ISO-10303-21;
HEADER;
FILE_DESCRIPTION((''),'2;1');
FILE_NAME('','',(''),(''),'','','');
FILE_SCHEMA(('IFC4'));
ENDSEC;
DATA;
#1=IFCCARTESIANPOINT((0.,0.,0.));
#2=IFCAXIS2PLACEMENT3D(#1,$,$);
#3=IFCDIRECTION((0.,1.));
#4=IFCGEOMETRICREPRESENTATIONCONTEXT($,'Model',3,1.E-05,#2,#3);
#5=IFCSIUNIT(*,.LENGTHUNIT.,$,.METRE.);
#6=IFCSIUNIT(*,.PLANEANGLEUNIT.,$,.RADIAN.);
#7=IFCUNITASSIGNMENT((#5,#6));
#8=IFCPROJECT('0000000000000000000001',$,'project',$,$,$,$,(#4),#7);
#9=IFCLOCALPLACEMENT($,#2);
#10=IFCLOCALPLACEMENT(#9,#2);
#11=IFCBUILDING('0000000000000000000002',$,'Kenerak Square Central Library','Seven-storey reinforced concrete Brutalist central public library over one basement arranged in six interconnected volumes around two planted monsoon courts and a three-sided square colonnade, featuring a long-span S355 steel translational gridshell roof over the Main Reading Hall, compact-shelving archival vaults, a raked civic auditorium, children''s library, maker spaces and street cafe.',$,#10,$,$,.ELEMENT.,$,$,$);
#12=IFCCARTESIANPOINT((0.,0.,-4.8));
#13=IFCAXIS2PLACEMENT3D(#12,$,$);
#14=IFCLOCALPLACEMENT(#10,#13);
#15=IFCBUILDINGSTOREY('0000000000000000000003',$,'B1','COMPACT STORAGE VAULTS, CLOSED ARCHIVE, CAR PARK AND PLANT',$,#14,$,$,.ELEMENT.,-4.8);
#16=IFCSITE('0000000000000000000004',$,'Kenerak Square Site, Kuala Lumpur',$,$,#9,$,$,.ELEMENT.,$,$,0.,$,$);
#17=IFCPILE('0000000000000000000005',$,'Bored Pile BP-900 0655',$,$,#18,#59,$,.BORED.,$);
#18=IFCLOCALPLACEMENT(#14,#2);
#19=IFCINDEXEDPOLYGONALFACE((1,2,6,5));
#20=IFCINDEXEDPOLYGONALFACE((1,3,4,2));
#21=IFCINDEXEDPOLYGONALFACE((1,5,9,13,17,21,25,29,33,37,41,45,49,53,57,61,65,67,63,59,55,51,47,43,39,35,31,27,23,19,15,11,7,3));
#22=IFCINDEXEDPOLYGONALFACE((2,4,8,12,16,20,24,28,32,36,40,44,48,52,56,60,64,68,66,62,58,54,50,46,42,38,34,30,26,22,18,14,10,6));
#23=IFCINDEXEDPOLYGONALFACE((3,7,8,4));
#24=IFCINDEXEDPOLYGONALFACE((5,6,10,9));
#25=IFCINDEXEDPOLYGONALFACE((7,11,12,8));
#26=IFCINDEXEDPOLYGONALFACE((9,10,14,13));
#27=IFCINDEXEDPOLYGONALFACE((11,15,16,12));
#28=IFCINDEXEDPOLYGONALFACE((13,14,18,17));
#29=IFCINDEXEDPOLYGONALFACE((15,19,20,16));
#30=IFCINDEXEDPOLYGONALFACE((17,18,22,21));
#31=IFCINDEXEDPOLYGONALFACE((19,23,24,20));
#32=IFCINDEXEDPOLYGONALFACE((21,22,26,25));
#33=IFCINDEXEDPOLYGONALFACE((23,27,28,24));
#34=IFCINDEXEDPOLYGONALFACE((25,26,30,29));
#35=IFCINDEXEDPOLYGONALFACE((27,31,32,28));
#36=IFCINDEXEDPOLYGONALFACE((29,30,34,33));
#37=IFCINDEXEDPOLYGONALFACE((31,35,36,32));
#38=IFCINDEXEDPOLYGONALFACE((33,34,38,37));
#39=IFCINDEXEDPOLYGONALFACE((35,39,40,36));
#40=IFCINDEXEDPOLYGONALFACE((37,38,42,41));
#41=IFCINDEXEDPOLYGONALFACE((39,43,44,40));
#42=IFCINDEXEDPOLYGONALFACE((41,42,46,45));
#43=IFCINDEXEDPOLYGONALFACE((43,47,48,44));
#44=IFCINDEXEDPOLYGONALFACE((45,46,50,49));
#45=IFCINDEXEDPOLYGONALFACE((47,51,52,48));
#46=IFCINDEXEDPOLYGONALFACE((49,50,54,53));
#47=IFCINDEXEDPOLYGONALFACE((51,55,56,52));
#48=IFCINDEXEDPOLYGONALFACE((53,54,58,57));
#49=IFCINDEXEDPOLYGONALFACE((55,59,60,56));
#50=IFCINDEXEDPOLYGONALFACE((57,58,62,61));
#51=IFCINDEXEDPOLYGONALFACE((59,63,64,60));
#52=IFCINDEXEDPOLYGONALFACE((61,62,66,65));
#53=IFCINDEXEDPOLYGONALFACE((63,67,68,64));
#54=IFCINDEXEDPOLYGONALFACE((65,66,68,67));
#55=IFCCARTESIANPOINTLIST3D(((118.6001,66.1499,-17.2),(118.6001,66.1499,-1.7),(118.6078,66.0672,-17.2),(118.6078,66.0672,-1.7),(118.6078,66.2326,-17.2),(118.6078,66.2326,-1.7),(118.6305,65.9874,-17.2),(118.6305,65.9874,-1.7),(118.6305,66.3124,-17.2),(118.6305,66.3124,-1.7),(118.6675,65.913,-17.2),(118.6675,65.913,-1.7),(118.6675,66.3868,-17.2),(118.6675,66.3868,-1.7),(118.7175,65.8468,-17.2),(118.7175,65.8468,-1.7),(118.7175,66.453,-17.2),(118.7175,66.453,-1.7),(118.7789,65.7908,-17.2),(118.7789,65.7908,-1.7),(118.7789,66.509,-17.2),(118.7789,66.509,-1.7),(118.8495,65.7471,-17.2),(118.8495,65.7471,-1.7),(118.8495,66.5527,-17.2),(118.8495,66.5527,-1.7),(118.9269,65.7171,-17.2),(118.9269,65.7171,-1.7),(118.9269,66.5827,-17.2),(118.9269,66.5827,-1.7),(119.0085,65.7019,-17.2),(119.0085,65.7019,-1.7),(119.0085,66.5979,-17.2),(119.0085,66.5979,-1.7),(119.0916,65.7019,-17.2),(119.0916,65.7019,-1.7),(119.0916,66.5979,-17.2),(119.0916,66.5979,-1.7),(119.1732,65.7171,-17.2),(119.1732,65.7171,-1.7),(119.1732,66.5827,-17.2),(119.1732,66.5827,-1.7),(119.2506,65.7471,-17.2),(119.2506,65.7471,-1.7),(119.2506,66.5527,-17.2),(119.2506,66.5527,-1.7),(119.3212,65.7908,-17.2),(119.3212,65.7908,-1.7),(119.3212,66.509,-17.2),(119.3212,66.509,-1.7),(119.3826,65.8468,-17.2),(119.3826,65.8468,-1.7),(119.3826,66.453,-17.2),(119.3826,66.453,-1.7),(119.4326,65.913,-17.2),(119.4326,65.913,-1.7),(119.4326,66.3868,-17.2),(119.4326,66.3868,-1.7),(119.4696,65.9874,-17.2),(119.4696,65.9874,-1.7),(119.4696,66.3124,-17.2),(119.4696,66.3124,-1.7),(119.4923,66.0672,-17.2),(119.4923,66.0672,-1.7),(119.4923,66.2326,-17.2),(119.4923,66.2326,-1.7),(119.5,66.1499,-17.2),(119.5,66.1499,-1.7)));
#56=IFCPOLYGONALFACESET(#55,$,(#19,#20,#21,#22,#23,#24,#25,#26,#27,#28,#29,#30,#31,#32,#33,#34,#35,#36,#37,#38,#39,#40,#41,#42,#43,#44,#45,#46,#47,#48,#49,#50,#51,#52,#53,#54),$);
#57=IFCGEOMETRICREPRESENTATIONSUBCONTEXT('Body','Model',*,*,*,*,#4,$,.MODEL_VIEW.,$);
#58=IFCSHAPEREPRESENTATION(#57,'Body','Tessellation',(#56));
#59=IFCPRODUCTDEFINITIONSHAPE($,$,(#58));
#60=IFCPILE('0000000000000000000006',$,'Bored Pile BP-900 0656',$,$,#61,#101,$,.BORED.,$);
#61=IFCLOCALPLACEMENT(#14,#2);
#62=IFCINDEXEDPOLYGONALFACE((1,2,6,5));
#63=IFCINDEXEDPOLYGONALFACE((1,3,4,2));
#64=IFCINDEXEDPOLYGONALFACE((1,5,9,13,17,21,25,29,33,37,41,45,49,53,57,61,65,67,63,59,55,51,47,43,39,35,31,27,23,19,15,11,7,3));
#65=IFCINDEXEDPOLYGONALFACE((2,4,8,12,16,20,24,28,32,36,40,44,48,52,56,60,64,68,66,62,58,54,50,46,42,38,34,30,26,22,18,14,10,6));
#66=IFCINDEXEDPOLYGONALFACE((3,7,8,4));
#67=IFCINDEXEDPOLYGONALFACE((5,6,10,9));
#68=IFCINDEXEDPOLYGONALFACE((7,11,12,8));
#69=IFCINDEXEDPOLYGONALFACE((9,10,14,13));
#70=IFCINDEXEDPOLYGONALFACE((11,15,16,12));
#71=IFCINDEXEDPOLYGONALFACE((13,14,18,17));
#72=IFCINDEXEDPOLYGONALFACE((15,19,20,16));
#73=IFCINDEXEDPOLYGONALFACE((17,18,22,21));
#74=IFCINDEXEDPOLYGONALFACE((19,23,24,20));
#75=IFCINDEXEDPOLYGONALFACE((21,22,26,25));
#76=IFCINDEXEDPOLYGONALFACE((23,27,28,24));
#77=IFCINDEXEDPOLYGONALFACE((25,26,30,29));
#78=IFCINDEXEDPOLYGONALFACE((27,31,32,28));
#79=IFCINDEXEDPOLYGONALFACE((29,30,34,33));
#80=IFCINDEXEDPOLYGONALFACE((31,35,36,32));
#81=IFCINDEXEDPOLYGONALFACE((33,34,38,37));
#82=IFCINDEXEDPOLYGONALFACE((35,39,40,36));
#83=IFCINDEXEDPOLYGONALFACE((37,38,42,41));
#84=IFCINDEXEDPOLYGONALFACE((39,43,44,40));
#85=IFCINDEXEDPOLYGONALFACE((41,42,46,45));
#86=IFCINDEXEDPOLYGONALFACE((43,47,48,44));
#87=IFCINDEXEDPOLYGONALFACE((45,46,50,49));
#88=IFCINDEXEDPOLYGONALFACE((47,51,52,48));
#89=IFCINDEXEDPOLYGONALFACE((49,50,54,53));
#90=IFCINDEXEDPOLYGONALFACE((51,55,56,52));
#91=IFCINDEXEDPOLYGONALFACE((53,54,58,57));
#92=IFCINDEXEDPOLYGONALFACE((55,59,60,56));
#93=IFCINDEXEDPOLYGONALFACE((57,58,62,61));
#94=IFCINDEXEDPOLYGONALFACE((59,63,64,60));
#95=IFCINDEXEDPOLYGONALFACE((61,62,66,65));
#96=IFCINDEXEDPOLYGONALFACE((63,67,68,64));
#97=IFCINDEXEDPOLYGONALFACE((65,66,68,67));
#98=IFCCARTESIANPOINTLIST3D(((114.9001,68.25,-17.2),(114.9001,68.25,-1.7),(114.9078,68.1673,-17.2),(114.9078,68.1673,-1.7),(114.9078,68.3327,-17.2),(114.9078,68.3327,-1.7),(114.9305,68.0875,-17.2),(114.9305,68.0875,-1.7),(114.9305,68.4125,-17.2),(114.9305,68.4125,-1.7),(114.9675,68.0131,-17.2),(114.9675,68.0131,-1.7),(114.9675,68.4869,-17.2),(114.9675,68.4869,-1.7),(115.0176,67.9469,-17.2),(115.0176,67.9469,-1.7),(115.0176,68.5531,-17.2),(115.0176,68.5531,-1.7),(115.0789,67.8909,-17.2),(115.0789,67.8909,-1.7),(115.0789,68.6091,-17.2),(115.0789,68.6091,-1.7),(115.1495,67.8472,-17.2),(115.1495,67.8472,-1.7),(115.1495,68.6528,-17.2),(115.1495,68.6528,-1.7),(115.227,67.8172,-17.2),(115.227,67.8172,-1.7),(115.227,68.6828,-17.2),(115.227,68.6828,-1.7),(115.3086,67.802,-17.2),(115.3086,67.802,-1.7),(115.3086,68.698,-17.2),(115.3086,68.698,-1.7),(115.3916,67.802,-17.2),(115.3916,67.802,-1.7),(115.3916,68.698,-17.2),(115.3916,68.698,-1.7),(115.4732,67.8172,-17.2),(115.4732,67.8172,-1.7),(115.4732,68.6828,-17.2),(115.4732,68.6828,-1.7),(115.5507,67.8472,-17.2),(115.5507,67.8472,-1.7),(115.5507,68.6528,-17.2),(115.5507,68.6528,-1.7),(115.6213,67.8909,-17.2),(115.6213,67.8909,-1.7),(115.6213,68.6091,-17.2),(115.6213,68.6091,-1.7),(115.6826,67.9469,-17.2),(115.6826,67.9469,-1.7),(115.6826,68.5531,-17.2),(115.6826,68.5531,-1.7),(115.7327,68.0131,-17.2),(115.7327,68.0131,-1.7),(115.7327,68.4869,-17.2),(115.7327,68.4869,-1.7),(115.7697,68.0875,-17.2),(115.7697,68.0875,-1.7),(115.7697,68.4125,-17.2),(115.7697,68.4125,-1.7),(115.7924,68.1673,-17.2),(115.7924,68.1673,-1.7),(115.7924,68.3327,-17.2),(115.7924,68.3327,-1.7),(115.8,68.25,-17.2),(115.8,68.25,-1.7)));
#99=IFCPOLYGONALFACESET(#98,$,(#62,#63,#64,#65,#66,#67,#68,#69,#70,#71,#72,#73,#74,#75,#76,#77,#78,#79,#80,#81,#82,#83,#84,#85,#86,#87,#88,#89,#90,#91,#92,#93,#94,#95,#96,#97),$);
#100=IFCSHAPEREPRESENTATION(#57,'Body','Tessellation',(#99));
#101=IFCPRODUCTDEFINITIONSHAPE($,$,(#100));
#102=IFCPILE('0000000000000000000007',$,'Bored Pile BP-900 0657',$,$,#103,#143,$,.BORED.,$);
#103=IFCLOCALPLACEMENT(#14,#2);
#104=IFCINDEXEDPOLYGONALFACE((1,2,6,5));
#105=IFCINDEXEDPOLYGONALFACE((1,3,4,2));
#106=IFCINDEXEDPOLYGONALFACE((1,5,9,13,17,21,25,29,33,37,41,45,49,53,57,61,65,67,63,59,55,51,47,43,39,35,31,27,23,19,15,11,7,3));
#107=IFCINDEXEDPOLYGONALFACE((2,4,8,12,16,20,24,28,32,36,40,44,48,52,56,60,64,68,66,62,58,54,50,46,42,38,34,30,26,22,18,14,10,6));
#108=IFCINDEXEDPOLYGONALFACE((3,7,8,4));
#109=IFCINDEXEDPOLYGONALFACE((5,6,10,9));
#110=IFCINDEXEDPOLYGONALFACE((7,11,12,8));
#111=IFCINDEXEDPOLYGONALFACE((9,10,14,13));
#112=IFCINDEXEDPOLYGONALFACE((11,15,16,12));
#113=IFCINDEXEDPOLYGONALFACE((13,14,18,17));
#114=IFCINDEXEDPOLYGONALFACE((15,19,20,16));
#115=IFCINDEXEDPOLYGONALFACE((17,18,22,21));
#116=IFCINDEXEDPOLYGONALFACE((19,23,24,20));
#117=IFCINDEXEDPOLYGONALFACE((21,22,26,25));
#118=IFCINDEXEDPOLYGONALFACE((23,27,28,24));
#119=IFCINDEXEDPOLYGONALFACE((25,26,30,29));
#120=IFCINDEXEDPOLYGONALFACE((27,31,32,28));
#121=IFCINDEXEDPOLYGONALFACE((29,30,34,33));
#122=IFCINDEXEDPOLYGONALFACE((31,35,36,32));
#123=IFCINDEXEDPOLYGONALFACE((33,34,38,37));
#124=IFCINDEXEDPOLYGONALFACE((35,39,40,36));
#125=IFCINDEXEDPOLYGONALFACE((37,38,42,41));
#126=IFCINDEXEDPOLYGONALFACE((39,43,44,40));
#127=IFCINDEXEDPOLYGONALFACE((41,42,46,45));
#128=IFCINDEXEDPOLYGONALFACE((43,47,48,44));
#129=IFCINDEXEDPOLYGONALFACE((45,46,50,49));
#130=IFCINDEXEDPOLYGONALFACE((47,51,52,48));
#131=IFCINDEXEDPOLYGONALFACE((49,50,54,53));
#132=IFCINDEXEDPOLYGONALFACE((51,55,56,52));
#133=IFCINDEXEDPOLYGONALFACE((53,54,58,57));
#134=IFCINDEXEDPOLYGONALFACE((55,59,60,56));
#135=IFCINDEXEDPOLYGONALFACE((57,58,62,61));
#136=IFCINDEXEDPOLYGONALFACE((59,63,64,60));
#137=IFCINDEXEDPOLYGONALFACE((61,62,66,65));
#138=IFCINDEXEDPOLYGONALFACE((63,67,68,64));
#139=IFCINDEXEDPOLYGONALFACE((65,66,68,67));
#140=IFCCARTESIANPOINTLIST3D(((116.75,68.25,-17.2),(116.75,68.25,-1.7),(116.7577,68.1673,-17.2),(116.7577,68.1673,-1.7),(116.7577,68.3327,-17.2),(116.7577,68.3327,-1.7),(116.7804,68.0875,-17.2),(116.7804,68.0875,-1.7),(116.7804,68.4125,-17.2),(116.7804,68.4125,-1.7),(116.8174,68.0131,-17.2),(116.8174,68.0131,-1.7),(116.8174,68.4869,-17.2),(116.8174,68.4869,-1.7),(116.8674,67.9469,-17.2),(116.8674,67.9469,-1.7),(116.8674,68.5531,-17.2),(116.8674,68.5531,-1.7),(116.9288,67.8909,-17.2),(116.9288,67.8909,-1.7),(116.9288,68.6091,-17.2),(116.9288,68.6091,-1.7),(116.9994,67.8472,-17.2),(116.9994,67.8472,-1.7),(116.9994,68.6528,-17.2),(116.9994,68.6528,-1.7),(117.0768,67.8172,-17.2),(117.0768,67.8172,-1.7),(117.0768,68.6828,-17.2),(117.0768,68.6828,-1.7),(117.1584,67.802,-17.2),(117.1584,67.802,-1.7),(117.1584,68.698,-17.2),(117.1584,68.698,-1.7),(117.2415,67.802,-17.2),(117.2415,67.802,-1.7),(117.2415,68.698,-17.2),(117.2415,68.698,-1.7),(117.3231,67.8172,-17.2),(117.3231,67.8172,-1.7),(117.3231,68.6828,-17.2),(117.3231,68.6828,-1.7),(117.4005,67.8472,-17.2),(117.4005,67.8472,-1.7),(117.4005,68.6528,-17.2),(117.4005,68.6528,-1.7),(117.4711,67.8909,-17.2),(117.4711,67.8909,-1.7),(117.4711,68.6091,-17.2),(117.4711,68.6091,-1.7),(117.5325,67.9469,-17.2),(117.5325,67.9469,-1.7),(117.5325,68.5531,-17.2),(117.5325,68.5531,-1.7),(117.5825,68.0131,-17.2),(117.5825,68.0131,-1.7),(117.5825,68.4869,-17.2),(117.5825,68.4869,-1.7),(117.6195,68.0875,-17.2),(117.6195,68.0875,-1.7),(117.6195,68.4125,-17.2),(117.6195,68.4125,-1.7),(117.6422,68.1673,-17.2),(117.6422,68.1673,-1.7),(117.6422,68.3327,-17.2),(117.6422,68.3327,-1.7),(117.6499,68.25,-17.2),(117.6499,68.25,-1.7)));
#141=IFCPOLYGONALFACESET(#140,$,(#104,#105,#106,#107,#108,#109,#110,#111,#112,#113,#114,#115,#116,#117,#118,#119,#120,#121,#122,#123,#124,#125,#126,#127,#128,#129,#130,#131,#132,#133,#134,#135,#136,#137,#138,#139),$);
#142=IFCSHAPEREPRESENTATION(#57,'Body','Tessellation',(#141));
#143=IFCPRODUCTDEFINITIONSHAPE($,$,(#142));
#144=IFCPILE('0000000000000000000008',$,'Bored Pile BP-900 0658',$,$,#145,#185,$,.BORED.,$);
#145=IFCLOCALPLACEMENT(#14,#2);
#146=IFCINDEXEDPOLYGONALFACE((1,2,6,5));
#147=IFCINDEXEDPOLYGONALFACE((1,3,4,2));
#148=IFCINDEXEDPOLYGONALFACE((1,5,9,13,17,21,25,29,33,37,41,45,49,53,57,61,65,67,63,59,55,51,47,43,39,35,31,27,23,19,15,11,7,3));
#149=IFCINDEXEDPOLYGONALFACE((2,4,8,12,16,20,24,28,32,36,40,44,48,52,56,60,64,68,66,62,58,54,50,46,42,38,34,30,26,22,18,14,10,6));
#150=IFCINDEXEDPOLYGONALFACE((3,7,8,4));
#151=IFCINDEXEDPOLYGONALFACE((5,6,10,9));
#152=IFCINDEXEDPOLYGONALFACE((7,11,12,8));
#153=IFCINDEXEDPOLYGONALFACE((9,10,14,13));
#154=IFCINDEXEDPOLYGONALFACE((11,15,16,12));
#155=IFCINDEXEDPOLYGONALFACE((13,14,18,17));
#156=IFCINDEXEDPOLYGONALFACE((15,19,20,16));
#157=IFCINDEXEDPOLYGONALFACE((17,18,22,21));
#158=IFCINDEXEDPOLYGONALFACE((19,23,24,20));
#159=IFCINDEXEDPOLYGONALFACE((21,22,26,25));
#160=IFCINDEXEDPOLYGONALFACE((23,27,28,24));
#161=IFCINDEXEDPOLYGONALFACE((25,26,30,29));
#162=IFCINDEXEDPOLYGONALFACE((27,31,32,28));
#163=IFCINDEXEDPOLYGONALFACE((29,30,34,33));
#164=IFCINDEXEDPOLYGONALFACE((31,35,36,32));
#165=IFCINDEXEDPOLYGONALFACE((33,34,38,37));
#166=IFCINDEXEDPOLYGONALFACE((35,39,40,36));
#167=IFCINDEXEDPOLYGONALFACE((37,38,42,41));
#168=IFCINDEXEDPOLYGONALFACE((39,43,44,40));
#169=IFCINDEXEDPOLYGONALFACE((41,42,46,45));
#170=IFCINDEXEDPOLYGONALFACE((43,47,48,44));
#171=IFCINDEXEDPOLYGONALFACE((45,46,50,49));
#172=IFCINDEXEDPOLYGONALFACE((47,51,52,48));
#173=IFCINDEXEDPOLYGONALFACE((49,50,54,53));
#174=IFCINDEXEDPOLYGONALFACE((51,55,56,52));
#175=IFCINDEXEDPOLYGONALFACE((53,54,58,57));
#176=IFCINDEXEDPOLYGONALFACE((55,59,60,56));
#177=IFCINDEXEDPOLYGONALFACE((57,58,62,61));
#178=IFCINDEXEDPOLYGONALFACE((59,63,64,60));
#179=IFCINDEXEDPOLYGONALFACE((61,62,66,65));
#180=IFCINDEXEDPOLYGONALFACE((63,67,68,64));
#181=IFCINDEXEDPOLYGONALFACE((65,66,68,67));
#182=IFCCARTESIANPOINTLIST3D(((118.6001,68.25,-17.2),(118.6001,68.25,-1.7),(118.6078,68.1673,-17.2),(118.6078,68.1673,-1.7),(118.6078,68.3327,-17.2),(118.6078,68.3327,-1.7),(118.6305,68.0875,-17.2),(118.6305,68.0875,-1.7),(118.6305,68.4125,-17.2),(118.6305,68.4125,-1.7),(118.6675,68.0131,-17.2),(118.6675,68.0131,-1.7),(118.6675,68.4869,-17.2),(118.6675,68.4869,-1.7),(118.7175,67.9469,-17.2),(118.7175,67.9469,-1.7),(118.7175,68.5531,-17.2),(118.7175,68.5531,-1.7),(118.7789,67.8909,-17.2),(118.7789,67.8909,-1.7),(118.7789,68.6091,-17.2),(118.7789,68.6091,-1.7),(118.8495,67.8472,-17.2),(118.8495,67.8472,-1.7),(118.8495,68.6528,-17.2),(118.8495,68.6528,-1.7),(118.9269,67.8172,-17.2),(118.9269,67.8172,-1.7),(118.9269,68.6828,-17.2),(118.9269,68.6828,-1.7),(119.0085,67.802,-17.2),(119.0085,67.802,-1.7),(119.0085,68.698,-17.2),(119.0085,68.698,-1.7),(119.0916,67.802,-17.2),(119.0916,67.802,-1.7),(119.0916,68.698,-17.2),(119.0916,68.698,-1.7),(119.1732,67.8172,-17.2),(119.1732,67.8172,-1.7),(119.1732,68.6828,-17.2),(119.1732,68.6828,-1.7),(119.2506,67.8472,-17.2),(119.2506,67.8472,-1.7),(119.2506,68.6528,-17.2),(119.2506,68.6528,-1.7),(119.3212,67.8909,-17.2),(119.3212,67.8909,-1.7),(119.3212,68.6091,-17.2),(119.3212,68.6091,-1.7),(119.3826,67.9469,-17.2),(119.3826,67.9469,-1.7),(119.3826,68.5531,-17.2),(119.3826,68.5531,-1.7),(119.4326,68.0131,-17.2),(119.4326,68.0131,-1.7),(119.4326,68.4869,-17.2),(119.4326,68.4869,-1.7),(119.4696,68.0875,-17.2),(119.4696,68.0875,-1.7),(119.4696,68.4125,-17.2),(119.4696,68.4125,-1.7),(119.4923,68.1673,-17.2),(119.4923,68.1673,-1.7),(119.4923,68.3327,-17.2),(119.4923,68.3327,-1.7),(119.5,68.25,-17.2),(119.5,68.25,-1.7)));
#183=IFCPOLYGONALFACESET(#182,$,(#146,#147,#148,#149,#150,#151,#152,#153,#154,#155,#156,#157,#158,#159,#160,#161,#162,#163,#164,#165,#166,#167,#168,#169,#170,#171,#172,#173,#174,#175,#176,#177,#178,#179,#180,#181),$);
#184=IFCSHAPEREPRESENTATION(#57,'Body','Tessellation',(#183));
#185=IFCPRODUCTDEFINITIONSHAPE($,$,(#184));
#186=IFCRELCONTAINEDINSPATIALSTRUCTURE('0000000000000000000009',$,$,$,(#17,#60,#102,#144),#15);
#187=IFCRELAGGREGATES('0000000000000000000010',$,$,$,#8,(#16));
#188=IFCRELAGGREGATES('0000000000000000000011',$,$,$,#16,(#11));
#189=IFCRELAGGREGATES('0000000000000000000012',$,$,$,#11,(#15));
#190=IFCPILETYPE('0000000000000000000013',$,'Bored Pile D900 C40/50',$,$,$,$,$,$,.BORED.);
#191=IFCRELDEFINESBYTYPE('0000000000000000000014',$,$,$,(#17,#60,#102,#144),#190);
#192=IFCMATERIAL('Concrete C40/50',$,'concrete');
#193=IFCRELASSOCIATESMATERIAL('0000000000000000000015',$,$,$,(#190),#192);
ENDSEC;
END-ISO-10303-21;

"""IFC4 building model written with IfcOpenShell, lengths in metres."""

from ifc_helpers import new_model, si_unit, direction, frame, origin, origin_2d, place, context, subcontext, project, spatial, circle, extrude, material, material_profile, profile_set, type_object, element, save


model = new_model("IFC4")

# Units and contexts
model_context = context("Model", 3, precision=1e-05, world=origin(), true_north=direction((0.0, 1.0)))
body_context = subcontext(model_context, "Body", "Model", "MODEL_VIEW")
ifc_project = project(units=[si_unit("LENGTHUNIT", "METRE"), si_unit("PLANEANGLEUNIT", "RADIAN")], contexts=[model_context])

# Site, building, storey
site_placement = place(None, origin())
site = spatial("IfcSite", under=ifc_project, at=site_placement, Name="Kenerak Square Site, Kuala Lumpur", CompositionType="ELEMENT", RefElevation=0.0)
building_placement = place(site_placement, origin())
building = spatial("IfcBuilding", under=site, at=building_placement, Name="Kenerak Square Central Library", Description="Seven-storey reinforced concrete Brutalist central public library over one basement arranged in six interconnected volumes around two planted monsoon courts and a three-sided square colonnade, featuring a long-span S355 steel translational gridshell roof over the Main Reading Hall, compact-shelving archival vaults, a raked civic auditorium, children's library, maker spaces and street cafe.", CompositionType="ELEMENT")
storey_placement = place(building_placement, frame((0.0, 0.0, -4.8)))
storey = spatial("IfcBuildingStorey", under=building, at=storey_placement, Name="B1", Description="COMPACT STORAGE VAULTS, CLOSED ARCHIVE, CAR PARK AND PLANT", CompositionType="ELEMENT", Elevation=-4.8)

# Piles
ifc_material_1 = material(Name="Concrete C40/50", Category="concrete")
ifc_material_profile_1 = material_profile(ifc_material_1, circle(Radius=0.45, at=origin_2d()), Name="BP D900")
ifc_profile_set_1 = profile_set([ifc_material_profile_1], Name="Concrete C40/50")
pile_type = type_object("IfcPileType", Name="Bored Pile D900 C40/50", PredefinedType="BORED", material=ifc_profile_set_1)
for number, where, z_axis, x_axis, name in (
    (1, (119.05, 66.1499, -1.7), (0.0, 0.0, -1.0), (1.0, 0.0, 0.0), "Bored Pile BP-900 0655"),
    (2, (115.3501, 68.25, -1.7), (0.0, 0.0, -1.0), (1.0, 0.0, 0.0), "Bored Pile BP-900 0656"),
    (3, (117.2, 68.25, -1.7), (0.0, 0.0, -1.0), (1.0, 0.0, 0.0), "Bored Pile BP-900 0657"),
    (4, (119.05, 68.25, -1.7), (0.0, 0.0, -1.0), (1.0, 0.0, 0.0), "Bored Pile BP-900 0658"),
):
    element("IfcPile", number, at=place(storey_placement, frame(where, z_axis=z_axis, x_axis=x_axis)), inside=storey, type_object=pile_type, Name=name, PredefinedType="BORED", context=body_context, shape_type="SweptSolid", body=[
        extrude(circle(Radius=0.45, at=origin_2d()), origin(), (0.0, 0.0, 1.0), 15.5),
    ])

save(model, "model.ifc")
